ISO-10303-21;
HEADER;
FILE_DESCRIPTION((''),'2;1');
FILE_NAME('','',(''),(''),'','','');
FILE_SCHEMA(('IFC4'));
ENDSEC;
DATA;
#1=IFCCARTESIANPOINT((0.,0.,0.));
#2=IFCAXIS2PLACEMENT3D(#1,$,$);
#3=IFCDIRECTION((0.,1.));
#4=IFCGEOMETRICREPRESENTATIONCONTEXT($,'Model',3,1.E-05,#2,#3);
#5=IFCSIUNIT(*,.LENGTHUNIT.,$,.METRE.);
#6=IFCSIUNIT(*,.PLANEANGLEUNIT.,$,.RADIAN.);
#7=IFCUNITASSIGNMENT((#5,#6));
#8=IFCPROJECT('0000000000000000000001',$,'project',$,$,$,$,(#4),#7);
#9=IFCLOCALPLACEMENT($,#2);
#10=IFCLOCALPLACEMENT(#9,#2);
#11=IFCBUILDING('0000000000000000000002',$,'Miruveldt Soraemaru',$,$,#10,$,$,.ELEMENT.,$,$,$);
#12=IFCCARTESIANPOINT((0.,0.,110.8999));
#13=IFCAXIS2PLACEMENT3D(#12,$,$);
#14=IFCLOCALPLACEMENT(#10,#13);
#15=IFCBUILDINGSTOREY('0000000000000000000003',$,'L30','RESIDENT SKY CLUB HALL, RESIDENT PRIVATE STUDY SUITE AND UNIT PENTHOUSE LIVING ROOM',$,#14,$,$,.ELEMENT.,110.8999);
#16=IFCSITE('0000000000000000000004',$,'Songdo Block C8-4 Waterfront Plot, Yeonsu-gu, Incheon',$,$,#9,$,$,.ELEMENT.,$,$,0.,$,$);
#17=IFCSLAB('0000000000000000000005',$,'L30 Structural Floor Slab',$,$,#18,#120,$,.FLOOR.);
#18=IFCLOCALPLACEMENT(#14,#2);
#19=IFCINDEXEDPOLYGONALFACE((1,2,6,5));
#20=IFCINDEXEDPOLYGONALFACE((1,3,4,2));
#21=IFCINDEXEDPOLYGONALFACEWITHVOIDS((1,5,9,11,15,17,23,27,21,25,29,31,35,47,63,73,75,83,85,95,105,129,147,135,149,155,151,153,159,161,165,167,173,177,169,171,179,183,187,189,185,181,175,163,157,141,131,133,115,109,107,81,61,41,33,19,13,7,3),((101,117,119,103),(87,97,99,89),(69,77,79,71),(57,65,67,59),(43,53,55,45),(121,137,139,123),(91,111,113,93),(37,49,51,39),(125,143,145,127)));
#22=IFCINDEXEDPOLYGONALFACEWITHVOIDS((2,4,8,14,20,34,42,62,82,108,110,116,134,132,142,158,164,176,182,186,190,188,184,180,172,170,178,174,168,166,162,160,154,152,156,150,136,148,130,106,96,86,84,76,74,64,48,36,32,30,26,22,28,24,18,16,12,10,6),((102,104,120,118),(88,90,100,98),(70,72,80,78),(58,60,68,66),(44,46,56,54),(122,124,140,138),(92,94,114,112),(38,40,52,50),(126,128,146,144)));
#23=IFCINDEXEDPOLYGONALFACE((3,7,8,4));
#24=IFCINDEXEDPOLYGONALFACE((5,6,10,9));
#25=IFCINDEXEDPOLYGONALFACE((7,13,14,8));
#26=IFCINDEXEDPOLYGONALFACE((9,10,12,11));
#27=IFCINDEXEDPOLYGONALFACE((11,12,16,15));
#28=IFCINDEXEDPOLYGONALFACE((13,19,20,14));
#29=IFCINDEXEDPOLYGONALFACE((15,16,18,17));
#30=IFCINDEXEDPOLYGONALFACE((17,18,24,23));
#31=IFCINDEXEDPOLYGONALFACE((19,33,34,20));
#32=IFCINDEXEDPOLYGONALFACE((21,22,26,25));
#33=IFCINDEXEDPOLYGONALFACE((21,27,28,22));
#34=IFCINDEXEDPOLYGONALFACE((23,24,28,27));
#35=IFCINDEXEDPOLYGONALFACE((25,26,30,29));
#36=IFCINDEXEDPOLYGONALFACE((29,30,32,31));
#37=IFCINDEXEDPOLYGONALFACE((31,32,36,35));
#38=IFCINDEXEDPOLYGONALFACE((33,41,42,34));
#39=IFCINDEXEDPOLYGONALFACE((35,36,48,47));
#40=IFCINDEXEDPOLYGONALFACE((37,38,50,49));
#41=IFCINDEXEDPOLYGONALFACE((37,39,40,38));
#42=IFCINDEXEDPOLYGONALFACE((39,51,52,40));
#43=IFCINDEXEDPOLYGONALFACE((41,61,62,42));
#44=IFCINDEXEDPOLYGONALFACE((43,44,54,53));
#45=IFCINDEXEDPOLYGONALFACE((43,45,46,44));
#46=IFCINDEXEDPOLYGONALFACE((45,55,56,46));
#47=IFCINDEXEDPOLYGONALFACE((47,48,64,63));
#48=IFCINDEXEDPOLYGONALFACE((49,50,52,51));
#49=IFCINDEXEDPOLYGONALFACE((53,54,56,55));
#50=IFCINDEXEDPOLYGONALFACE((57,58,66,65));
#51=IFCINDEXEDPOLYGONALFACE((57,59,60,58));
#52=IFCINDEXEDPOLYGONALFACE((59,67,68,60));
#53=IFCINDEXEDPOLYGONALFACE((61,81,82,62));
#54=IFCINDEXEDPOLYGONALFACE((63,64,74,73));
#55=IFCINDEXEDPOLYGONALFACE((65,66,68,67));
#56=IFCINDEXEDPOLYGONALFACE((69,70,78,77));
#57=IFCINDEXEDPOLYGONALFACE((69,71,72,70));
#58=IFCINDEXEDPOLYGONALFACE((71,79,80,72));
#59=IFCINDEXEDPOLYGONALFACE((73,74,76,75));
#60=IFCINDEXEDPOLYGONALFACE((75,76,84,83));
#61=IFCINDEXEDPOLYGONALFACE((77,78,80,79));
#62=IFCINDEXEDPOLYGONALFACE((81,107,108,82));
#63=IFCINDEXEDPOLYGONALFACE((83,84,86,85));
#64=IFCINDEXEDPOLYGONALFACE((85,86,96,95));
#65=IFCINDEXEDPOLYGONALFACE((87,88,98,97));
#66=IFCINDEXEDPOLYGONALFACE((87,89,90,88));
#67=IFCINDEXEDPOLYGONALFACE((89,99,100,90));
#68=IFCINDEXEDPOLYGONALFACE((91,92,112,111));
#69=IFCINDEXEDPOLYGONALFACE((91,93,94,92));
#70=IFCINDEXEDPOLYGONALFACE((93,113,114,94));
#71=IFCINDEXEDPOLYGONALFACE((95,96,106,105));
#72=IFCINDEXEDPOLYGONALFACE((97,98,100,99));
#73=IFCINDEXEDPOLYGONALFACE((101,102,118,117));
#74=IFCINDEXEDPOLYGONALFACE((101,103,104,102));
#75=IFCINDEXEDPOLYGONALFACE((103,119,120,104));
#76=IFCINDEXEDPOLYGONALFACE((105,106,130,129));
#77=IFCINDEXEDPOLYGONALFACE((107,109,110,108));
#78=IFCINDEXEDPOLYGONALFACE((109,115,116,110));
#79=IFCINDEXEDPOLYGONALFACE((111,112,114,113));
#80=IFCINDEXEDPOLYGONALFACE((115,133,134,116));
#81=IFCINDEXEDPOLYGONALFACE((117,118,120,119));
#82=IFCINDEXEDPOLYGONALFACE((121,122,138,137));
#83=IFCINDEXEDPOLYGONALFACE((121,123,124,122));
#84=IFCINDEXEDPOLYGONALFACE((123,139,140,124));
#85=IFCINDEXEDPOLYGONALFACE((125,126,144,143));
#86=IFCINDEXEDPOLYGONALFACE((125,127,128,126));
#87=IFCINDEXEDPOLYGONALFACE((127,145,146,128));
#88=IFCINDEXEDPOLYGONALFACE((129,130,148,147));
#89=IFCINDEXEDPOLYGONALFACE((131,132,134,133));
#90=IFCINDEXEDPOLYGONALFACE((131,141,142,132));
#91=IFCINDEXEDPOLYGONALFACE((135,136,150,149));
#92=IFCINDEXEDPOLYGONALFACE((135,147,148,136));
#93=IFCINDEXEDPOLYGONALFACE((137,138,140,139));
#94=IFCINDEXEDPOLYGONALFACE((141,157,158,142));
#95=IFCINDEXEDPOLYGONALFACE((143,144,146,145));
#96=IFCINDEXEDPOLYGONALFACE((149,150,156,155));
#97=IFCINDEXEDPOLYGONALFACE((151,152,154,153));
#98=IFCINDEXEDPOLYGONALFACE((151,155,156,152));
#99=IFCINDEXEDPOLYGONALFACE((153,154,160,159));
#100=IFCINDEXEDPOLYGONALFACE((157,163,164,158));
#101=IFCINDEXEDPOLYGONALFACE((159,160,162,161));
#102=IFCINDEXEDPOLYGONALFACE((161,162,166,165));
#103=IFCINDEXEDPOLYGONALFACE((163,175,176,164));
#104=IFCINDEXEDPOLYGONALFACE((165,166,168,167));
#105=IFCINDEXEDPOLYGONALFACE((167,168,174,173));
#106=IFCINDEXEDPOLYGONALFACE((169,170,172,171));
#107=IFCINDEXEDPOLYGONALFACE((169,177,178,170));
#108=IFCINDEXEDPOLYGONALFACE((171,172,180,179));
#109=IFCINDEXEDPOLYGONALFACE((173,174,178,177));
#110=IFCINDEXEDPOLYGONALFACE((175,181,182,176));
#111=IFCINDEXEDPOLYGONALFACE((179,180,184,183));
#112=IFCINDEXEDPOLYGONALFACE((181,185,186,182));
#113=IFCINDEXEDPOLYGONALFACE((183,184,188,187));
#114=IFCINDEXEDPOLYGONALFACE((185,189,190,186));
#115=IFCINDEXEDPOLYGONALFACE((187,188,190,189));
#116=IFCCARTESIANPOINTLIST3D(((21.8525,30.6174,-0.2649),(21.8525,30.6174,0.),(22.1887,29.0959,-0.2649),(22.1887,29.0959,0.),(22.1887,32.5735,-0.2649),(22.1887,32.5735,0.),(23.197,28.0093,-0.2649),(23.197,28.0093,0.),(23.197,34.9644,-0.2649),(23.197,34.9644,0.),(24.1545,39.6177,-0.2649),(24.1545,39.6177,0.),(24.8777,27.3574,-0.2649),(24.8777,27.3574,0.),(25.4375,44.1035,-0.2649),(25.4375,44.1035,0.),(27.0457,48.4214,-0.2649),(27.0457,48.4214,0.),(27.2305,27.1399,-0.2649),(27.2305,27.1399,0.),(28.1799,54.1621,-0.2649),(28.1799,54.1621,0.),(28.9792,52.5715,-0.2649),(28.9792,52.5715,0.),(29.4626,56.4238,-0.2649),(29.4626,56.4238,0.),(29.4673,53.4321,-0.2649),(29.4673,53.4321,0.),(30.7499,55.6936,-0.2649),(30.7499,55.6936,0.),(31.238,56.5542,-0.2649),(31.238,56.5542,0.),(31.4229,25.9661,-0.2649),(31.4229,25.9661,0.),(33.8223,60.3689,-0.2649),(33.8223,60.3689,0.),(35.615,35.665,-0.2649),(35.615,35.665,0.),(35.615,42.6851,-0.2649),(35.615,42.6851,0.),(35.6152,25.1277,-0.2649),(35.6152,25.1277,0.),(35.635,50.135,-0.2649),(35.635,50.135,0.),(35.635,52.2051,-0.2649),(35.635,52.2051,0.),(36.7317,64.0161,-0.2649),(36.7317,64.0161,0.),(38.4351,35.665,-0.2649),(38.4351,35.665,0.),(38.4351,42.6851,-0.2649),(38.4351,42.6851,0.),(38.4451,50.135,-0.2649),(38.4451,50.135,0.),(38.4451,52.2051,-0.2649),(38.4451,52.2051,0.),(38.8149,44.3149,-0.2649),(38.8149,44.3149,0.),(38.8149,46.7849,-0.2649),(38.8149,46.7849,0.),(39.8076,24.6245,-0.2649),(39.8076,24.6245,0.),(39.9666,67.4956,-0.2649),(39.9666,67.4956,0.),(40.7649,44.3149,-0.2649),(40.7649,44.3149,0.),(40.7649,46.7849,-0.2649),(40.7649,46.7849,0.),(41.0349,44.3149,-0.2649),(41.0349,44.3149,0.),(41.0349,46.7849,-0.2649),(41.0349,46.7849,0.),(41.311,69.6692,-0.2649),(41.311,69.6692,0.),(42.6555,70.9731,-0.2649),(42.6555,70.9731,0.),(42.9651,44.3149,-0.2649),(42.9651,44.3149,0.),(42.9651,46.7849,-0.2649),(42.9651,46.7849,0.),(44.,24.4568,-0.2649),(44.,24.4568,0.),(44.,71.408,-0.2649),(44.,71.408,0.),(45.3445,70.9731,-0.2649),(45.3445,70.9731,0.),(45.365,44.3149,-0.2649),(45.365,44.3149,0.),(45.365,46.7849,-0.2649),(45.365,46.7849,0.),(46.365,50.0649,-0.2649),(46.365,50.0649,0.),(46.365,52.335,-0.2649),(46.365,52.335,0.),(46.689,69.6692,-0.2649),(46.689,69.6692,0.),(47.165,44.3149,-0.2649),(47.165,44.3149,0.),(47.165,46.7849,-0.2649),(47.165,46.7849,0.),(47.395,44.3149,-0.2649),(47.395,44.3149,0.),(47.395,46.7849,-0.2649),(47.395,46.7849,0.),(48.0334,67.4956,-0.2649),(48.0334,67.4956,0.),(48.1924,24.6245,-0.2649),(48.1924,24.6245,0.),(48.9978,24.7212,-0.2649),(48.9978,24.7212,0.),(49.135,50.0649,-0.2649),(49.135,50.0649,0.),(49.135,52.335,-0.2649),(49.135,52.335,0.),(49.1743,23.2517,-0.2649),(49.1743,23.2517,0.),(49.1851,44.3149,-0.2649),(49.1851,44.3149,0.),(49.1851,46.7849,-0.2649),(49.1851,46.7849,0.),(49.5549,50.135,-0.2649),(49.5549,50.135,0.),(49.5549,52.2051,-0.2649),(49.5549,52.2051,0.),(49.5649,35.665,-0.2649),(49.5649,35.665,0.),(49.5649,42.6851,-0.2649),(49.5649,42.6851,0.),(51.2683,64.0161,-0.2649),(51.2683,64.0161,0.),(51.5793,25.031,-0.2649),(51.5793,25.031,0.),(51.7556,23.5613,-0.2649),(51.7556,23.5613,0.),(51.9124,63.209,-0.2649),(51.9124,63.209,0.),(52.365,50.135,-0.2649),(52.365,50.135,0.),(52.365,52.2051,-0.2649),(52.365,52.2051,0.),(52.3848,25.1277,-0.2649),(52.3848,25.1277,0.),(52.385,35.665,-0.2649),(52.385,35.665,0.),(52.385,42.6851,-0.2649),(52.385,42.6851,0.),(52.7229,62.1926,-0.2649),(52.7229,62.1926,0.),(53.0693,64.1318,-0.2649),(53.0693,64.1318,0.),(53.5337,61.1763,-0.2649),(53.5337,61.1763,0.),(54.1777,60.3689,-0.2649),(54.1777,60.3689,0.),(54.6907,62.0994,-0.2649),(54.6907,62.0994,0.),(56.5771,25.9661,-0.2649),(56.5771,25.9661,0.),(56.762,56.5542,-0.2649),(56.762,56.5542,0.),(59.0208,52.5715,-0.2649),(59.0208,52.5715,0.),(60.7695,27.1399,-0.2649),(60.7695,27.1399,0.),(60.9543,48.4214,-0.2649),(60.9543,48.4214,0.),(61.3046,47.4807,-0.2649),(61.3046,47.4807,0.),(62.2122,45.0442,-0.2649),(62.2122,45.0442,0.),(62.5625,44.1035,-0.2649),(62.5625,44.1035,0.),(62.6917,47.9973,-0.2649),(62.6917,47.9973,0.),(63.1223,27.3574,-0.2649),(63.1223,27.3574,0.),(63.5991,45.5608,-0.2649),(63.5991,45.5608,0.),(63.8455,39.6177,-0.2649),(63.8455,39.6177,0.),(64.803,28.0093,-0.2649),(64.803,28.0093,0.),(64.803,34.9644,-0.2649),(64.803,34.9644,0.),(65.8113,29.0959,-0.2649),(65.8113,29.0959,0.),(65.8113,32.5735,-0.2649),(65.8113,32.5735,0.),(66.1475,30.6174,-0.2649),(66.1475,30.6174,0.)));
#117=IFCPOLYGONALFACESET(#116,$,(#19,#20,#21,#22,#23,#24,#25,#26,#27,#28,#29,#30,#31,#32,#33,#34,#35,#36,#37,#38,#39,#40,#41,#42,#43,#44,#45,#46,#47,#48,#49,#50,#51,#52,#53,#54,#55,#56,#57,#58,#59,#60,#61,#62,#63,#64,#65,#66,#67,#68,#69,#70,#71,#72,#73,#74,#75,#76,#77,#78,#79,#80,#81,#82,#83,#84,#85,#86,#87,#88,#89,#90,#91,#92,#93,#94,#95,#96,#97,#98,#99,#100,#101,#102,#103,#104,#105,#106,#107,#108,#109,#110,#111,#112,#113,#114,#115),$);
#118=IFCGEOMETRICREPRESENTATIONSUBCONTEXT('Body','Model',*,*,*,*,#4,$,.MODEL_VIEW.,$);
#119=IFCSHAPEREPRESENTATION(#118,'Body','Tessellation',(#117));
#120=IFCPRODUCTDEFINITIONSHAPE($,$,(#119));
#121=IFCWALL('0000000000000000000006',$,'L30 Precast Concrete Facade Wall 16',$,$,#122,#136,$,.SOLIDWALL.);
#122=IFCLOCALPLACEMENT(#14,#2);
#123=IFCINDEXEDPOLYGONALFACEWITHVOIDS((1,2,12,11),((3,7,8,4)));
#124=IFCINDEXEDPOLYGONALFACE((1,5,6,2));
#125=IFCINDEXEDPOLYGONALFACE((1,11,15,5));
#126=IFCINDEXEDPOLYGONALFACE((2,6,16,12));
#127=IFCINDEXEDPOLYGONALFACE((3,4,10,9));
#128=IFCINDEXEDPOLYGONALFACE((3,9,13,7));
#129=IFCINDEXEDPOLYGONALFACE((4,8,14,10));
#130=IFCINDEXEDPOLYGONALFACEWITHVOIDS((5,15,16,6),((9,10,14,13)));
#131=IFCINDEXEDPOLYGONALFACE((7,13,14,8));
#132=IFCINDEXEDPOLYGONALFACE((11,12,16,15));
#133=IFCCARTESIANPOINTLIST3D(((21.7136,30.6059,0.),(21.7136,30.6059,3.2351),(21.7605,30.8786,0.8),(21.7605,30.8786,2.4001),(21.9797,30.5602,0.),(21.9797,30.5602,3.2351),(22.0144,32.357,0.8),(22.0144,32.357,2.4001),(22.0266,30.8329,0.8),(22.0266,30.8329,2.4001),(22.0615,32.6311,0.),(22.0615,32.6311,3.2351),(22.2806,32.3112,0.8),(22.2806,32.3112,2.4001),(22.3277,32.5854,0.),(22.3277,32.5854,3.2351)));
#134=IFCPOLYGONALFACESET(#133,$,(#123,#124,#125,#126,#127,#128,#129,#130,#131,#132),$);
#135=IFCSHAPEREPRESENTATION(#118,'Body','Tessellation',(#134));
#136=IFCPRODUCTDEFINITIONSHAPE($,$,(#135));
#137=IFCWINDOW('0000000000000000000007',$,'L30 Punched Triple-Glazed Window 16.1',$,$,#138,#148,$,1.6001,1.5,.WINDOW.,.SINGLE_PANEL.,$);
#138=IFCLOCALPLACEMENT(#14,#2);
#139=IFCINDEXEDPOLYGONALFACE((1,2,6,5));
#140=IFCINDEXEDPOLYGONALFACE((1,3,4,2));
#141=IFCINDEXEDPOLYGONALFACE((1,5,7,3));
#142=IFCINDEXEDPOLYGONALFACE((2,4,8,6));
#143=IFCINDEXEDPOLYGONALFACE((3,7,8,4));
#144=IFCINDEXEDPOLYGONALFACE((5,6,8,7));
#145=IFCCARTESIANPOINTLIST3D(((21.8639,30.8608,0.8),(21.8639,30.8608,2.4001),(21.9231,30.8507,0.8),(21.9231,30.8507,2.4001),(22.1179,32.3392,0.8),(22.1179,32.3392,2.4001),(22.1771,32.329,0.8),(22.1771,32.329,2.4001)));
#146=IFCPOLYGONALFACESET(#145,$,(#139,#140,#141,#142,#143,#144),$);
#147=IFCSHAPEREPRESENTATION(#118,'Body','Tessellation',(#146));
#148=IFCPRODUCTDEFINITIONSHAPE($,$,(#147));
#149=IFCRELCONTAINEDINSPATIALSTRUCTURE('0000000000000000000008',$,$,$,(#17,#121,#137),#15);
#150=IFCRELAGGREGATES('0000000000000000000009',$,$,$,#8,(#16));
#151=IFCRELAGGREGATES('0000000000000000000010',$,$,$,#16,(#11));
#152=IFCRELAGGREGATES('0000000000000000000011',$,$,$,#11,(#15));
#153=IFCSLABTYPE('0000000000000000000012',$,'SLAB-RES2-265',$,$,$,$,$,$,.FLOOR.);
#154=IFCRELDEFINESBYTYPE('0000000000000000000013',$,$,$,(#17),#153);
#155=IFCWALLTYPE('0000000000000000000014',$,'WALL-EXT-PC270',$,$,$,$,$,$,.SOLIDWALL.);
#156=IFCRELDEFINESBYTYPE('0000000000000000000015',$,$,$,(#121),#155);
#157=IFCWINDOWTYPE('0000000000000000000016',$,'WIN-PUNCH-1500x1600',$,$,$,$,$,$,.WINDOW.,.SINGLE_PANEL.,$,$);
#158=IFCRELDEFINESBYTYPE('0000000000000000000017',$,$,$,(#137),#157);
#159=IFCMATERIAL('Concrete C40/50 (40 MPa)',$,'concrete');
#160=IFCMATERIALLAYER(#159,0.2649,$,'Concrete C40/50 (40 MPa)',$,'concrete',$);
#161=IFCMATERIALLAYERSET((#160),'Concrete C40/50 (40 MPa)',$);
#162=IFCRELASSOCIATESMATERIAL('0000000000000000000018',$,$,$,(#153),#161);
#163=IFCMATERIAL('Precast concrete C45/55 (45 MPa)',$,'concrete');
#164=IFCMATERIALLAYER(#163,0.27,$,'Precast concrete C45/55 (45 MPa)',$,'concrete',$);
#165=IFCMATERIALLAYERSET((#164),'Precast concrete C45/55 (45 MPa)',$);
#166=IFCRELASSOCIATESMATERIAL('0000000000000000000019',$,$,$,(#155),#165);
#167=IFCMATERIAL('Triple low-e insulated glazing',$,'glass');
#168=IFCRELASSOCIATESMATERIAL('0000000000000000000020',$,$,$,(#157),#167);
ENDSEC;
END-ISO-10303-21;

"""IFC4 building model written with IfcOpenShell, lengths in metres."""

from ifc_helpers import new_model, si_unit, direction, frame, frame_2d, origin, place, context, subcontext, project, spatial, polyline, rectangle, outline, extrude, material, layer, layer_set, type_object, element, fill, save


model = new_model("IFC4")

# Units and contexts
model_context = context("Model", 3, precision=1e-05, world=origin(), true_north=direction((0.0, 1.0)))
body_context = subcontext(model_context, "Body", "Model", "MODEL_VIEW")
ifc_project = project(units=[si_unit("LENGTHUNIT", "METRE"), si_unit("PLANEANGLEUNIT", "RADIAN")], contexts=[model_context])

# Site, building, storey
site_placement = place(None, origin())
site = spatial("IfcSite", under=ifc_project, at=site_placement, Name="Songdo Block C8-4 Waterfront Plot, Yeonsu-gu, Incheon", CompositionType="ELEMENT", RefElevation=0.0)
building_placement = place(site_placement, origin())
building = spatial("IfcBuilding", under=site, at=building_placement, Name="Miruveldt Soraemaru", CompositionType="ELEMENT")
storey_placement = place(building_placement, frame((0.0, 0.0, 110.8999)))
storey = spatial("IfcBuildingStorey", under=building, at=storey_placement, Name="L30", Description="RESIDENT SKY CLUB HALL, RESIDENT PRIVATE STUDY SUITE AND UNIT PENTHOUSE LIVING ROOM", CompositionType="ELEMENT", Elevation=110.8999)

# Shared definitions
ifc_material_1 = material(Name="Concrete C40/50 (40 MPa)", Category="concrete")

# Slab
ifc_layer_1 = layer(ifc_material_1, 0.2649, Name="Concrete C40/50 (40 MPa)", Category="concrete")
ifc_layer_set_1 = layer_set([ifc_layer_1], Name="Concrete C40/50 (40 MPa)")
slab_type_1 = type_object("IfcSlabType", Name="SLAB-RES2-265", PredefinedType="FLOOR", material=ifc_layer_set_1)
slab_1_placement = place(storey_placement, frame((0.0, 0.0, -0.2649)))
element("IfcSlab", 1, at=slab_1_placement, inside=storey, type_object=slab_type_1, Name="L30 Structural Floor Slab", PredefinedType="FLOOR", context=body_context, shape_type="SweptSolid", body=[
    extrude(outline(polyline([(49.1743, 23.2517), (48.9978, 24.7212), (48.1924, 24.6245), (44.0, 24.4568), (39.8076, 24.6245), (35.6152, 25.1277), (31.4229, 25.9661), (27.2305, 27.1399), (24.8777, 27.3574), (23.197, 28.0093), (22.1887, 29.0959), (21.8525, 30.6174), (22.1887, 32.5735), (23.197, 34.9644), (24.1545, 39.6177), (25.4375, 44.1035), (27.0457, 48.4214), (28.9792, 52.5715), (29.4673, 53.4321), (28.1799, 54.1621), (29.4626, 56.4238), (30.75, 55.6936), (30.1086, 54.563), (31.238, 56.5542), (33.8223, 60.3689), (36.7317, 64.0161), (39.9666, 67.4956), (41.311, 69.6692), (42.6555, 70.9731), (44.0, 71.408), (45.3445, 70.9731), (46.689, 69.6692), (48.0334, 67.4956), (51.2683, 64.0161), (52.7229, 62.1926), (51.9124, 63.209), (53.0693, 64.1318), (54.6907, 62.0994), (53.5337, 61.1763), (54.1777, 60.3689), (56.762, 56.5542), (59.0208, 52.5715), (60.9543, 48.4214), (61.7583, 46.2625), (61.3047, 47.4807), (62.6917, 47.9973), (63.5991, 45.5608), (62.2122, 45.0442), (62.5625, 44.1035), (63.8455, 39.6177), (64.803, 34.9644), (65.8113, 32.5735), (66.1475, 30.6174), (65.8113, 29.0959), (64.803, 28.0093), (63.1223, 27.3574), (60.7695, 27.1399), (56.5771, 25.9661), (52.3848, 25.1277), (50.2886, 24.876), (51.5793, 25.031), (51.7556, 23.5613), (49.1743, 23.2517)]), holes=[polyline([(35.615, 35.665), (38.4351, 35.665), (38.4351, 42.6851), (35.615, 42.6851), (35.615, 35.665)]), polyline([(49.5649, 35.665), (52.385, 35.665), (52.385, 42.6851), (49.5649, 42.6851), (49.5649, 35.665)]), polyline([(40.7649, 44.3149), (40.7649, 46.7849), (38.8149, 46.7849), (38.8149, 44.3149), (40.7649, 44.3149)]), polyline([(42.9651, 44.3149), (42.9651, 46.7849), (41.0349, 46.7849), (41.0349, 44.3149), (42.9651, 44.3149)]), polyline([(47.165, 44.3149), (47.165, 46.7849), (45.365, 46.7849), (45.365, 44.3149), (47.165, 44.3149)]), polyline([(49.1851, 44.3149), (49.1851, 46.7849), (47.395, 46.7849), (47.395, 44.3149), (49.1851, 44.3149)]), polyline([(38.4451, 50.135), (38.4451, 52.2051), (35.635, 52.2051), (35.635, 50.135), (38.4451, 50.135)]), polyline([(49.5549, 50.135), (52.365, 50.135), (52.365, 52.2051), (49.5549, 52.2051), (49.5549, 50.135)]), polyline([(46.365, 50.0649), (49.135, 50.0649), (49.135, 52.335), (46.365, 52.335), (46.365, 50.0649)])]), origin(), (0.0, 0.0, 1.0), 0.2649),
])

# Wall, opening, window
ifc_material_2 = material(Name="Precast concrete C45/55 (45 MPa)", Category="concrete")
ifc_layer_2 = layer(ifc_material_2, 0.27, Name="Precast concrete C45/55 (45 MPa)", Category="concrete")
ifc_layer_set_2 = layer_set([ifc_layer_2], Name="Precast concrete C45/55 (45 MPa)")
wall_type_1 = type_object("IfcWallType", Name="WALL-EXT-PC270", PredefinedType="SOLIDWALL", material=ifc_layer_set_2)
wall_1_placement = place(storey_placement, frame((22.1946, 32.6082, 0.0), z_axis=(0.0, 0.0, 1.0), x_axis=(-0.16931, -0.985563, 0.0)))
wall_1 = element("IfcWall", 2, at=wall_1_placement, inside=storey, type_object=wall_type_1, Name="L30 Precast Concrete Facade Wall 16", PredefinedType="SOLIDWALL", context=body_context, shape_type="SweptSolid", body=[
    extrude(rectangle(XDim=2.0549, YDim=0.27, at=frame_2d((1.0273, 0.0))), origin(), (0.0, 0.0, 1.0), 3.2351),
])
opening_1_placement = place(wall_1_placement, frame((0.2781, 0.0, 0.8)))
opening_1 = element("IfcOpeningElement", 3, at=opening_1_placement, cuts=wall_1, PredefinedType="OPENING", context=body_context, shape_type="SweptSolid", body=[
    extrude(rectangle(XDim=1.5, YDim=1.6001, at=frame_2d((0.75, 0.8))), frame((0.0, 0.145, 0.0), z_axis=(0.0, -1.0, 0.0), x_axis=(1.0, 0.0, 0.0)), (0.0, 0.0, 1.0), 0.29),
])
ifc_material_3 = material(Name="Triple low-e insulated glazing", Category="glass")
window_type_1 = type_object("IfcWindowType", Name="WIN-PUNCH-1500x1600", PartitioningType="SINGLE_PANEL", PredefinedType="WINDOW", material=ifc_material_3)
window_1_placement = place(opening_1_placement, origin())
window_1 = element("IfcWindow", 4, at=window_1_placement, inside=storey, type_object=window_type_1, Name="L30 Punched Triple-Glazed Window 16.1", OverallHeight=1.6001, OverallWidth=1.5, PartitioningType="SINGLE_PANEL", PredefinedType="WINDOW", context=body_context, shape_type="SweptSolid", body=[
    extrude(rectangle(XDim=1.5, YDim=1.6001, at=frame_2d((0.75, 0.8))), frame((0.0, 0.03, 0.0), z_axis=(0.0, -1.0, 0.0), x_axis=(1.0, 0.0, 0.0)), (0.0, 0.0, 1.0), 0.0601),
])
fill(opening_1, window_1)

save(model, "model.ifc")
